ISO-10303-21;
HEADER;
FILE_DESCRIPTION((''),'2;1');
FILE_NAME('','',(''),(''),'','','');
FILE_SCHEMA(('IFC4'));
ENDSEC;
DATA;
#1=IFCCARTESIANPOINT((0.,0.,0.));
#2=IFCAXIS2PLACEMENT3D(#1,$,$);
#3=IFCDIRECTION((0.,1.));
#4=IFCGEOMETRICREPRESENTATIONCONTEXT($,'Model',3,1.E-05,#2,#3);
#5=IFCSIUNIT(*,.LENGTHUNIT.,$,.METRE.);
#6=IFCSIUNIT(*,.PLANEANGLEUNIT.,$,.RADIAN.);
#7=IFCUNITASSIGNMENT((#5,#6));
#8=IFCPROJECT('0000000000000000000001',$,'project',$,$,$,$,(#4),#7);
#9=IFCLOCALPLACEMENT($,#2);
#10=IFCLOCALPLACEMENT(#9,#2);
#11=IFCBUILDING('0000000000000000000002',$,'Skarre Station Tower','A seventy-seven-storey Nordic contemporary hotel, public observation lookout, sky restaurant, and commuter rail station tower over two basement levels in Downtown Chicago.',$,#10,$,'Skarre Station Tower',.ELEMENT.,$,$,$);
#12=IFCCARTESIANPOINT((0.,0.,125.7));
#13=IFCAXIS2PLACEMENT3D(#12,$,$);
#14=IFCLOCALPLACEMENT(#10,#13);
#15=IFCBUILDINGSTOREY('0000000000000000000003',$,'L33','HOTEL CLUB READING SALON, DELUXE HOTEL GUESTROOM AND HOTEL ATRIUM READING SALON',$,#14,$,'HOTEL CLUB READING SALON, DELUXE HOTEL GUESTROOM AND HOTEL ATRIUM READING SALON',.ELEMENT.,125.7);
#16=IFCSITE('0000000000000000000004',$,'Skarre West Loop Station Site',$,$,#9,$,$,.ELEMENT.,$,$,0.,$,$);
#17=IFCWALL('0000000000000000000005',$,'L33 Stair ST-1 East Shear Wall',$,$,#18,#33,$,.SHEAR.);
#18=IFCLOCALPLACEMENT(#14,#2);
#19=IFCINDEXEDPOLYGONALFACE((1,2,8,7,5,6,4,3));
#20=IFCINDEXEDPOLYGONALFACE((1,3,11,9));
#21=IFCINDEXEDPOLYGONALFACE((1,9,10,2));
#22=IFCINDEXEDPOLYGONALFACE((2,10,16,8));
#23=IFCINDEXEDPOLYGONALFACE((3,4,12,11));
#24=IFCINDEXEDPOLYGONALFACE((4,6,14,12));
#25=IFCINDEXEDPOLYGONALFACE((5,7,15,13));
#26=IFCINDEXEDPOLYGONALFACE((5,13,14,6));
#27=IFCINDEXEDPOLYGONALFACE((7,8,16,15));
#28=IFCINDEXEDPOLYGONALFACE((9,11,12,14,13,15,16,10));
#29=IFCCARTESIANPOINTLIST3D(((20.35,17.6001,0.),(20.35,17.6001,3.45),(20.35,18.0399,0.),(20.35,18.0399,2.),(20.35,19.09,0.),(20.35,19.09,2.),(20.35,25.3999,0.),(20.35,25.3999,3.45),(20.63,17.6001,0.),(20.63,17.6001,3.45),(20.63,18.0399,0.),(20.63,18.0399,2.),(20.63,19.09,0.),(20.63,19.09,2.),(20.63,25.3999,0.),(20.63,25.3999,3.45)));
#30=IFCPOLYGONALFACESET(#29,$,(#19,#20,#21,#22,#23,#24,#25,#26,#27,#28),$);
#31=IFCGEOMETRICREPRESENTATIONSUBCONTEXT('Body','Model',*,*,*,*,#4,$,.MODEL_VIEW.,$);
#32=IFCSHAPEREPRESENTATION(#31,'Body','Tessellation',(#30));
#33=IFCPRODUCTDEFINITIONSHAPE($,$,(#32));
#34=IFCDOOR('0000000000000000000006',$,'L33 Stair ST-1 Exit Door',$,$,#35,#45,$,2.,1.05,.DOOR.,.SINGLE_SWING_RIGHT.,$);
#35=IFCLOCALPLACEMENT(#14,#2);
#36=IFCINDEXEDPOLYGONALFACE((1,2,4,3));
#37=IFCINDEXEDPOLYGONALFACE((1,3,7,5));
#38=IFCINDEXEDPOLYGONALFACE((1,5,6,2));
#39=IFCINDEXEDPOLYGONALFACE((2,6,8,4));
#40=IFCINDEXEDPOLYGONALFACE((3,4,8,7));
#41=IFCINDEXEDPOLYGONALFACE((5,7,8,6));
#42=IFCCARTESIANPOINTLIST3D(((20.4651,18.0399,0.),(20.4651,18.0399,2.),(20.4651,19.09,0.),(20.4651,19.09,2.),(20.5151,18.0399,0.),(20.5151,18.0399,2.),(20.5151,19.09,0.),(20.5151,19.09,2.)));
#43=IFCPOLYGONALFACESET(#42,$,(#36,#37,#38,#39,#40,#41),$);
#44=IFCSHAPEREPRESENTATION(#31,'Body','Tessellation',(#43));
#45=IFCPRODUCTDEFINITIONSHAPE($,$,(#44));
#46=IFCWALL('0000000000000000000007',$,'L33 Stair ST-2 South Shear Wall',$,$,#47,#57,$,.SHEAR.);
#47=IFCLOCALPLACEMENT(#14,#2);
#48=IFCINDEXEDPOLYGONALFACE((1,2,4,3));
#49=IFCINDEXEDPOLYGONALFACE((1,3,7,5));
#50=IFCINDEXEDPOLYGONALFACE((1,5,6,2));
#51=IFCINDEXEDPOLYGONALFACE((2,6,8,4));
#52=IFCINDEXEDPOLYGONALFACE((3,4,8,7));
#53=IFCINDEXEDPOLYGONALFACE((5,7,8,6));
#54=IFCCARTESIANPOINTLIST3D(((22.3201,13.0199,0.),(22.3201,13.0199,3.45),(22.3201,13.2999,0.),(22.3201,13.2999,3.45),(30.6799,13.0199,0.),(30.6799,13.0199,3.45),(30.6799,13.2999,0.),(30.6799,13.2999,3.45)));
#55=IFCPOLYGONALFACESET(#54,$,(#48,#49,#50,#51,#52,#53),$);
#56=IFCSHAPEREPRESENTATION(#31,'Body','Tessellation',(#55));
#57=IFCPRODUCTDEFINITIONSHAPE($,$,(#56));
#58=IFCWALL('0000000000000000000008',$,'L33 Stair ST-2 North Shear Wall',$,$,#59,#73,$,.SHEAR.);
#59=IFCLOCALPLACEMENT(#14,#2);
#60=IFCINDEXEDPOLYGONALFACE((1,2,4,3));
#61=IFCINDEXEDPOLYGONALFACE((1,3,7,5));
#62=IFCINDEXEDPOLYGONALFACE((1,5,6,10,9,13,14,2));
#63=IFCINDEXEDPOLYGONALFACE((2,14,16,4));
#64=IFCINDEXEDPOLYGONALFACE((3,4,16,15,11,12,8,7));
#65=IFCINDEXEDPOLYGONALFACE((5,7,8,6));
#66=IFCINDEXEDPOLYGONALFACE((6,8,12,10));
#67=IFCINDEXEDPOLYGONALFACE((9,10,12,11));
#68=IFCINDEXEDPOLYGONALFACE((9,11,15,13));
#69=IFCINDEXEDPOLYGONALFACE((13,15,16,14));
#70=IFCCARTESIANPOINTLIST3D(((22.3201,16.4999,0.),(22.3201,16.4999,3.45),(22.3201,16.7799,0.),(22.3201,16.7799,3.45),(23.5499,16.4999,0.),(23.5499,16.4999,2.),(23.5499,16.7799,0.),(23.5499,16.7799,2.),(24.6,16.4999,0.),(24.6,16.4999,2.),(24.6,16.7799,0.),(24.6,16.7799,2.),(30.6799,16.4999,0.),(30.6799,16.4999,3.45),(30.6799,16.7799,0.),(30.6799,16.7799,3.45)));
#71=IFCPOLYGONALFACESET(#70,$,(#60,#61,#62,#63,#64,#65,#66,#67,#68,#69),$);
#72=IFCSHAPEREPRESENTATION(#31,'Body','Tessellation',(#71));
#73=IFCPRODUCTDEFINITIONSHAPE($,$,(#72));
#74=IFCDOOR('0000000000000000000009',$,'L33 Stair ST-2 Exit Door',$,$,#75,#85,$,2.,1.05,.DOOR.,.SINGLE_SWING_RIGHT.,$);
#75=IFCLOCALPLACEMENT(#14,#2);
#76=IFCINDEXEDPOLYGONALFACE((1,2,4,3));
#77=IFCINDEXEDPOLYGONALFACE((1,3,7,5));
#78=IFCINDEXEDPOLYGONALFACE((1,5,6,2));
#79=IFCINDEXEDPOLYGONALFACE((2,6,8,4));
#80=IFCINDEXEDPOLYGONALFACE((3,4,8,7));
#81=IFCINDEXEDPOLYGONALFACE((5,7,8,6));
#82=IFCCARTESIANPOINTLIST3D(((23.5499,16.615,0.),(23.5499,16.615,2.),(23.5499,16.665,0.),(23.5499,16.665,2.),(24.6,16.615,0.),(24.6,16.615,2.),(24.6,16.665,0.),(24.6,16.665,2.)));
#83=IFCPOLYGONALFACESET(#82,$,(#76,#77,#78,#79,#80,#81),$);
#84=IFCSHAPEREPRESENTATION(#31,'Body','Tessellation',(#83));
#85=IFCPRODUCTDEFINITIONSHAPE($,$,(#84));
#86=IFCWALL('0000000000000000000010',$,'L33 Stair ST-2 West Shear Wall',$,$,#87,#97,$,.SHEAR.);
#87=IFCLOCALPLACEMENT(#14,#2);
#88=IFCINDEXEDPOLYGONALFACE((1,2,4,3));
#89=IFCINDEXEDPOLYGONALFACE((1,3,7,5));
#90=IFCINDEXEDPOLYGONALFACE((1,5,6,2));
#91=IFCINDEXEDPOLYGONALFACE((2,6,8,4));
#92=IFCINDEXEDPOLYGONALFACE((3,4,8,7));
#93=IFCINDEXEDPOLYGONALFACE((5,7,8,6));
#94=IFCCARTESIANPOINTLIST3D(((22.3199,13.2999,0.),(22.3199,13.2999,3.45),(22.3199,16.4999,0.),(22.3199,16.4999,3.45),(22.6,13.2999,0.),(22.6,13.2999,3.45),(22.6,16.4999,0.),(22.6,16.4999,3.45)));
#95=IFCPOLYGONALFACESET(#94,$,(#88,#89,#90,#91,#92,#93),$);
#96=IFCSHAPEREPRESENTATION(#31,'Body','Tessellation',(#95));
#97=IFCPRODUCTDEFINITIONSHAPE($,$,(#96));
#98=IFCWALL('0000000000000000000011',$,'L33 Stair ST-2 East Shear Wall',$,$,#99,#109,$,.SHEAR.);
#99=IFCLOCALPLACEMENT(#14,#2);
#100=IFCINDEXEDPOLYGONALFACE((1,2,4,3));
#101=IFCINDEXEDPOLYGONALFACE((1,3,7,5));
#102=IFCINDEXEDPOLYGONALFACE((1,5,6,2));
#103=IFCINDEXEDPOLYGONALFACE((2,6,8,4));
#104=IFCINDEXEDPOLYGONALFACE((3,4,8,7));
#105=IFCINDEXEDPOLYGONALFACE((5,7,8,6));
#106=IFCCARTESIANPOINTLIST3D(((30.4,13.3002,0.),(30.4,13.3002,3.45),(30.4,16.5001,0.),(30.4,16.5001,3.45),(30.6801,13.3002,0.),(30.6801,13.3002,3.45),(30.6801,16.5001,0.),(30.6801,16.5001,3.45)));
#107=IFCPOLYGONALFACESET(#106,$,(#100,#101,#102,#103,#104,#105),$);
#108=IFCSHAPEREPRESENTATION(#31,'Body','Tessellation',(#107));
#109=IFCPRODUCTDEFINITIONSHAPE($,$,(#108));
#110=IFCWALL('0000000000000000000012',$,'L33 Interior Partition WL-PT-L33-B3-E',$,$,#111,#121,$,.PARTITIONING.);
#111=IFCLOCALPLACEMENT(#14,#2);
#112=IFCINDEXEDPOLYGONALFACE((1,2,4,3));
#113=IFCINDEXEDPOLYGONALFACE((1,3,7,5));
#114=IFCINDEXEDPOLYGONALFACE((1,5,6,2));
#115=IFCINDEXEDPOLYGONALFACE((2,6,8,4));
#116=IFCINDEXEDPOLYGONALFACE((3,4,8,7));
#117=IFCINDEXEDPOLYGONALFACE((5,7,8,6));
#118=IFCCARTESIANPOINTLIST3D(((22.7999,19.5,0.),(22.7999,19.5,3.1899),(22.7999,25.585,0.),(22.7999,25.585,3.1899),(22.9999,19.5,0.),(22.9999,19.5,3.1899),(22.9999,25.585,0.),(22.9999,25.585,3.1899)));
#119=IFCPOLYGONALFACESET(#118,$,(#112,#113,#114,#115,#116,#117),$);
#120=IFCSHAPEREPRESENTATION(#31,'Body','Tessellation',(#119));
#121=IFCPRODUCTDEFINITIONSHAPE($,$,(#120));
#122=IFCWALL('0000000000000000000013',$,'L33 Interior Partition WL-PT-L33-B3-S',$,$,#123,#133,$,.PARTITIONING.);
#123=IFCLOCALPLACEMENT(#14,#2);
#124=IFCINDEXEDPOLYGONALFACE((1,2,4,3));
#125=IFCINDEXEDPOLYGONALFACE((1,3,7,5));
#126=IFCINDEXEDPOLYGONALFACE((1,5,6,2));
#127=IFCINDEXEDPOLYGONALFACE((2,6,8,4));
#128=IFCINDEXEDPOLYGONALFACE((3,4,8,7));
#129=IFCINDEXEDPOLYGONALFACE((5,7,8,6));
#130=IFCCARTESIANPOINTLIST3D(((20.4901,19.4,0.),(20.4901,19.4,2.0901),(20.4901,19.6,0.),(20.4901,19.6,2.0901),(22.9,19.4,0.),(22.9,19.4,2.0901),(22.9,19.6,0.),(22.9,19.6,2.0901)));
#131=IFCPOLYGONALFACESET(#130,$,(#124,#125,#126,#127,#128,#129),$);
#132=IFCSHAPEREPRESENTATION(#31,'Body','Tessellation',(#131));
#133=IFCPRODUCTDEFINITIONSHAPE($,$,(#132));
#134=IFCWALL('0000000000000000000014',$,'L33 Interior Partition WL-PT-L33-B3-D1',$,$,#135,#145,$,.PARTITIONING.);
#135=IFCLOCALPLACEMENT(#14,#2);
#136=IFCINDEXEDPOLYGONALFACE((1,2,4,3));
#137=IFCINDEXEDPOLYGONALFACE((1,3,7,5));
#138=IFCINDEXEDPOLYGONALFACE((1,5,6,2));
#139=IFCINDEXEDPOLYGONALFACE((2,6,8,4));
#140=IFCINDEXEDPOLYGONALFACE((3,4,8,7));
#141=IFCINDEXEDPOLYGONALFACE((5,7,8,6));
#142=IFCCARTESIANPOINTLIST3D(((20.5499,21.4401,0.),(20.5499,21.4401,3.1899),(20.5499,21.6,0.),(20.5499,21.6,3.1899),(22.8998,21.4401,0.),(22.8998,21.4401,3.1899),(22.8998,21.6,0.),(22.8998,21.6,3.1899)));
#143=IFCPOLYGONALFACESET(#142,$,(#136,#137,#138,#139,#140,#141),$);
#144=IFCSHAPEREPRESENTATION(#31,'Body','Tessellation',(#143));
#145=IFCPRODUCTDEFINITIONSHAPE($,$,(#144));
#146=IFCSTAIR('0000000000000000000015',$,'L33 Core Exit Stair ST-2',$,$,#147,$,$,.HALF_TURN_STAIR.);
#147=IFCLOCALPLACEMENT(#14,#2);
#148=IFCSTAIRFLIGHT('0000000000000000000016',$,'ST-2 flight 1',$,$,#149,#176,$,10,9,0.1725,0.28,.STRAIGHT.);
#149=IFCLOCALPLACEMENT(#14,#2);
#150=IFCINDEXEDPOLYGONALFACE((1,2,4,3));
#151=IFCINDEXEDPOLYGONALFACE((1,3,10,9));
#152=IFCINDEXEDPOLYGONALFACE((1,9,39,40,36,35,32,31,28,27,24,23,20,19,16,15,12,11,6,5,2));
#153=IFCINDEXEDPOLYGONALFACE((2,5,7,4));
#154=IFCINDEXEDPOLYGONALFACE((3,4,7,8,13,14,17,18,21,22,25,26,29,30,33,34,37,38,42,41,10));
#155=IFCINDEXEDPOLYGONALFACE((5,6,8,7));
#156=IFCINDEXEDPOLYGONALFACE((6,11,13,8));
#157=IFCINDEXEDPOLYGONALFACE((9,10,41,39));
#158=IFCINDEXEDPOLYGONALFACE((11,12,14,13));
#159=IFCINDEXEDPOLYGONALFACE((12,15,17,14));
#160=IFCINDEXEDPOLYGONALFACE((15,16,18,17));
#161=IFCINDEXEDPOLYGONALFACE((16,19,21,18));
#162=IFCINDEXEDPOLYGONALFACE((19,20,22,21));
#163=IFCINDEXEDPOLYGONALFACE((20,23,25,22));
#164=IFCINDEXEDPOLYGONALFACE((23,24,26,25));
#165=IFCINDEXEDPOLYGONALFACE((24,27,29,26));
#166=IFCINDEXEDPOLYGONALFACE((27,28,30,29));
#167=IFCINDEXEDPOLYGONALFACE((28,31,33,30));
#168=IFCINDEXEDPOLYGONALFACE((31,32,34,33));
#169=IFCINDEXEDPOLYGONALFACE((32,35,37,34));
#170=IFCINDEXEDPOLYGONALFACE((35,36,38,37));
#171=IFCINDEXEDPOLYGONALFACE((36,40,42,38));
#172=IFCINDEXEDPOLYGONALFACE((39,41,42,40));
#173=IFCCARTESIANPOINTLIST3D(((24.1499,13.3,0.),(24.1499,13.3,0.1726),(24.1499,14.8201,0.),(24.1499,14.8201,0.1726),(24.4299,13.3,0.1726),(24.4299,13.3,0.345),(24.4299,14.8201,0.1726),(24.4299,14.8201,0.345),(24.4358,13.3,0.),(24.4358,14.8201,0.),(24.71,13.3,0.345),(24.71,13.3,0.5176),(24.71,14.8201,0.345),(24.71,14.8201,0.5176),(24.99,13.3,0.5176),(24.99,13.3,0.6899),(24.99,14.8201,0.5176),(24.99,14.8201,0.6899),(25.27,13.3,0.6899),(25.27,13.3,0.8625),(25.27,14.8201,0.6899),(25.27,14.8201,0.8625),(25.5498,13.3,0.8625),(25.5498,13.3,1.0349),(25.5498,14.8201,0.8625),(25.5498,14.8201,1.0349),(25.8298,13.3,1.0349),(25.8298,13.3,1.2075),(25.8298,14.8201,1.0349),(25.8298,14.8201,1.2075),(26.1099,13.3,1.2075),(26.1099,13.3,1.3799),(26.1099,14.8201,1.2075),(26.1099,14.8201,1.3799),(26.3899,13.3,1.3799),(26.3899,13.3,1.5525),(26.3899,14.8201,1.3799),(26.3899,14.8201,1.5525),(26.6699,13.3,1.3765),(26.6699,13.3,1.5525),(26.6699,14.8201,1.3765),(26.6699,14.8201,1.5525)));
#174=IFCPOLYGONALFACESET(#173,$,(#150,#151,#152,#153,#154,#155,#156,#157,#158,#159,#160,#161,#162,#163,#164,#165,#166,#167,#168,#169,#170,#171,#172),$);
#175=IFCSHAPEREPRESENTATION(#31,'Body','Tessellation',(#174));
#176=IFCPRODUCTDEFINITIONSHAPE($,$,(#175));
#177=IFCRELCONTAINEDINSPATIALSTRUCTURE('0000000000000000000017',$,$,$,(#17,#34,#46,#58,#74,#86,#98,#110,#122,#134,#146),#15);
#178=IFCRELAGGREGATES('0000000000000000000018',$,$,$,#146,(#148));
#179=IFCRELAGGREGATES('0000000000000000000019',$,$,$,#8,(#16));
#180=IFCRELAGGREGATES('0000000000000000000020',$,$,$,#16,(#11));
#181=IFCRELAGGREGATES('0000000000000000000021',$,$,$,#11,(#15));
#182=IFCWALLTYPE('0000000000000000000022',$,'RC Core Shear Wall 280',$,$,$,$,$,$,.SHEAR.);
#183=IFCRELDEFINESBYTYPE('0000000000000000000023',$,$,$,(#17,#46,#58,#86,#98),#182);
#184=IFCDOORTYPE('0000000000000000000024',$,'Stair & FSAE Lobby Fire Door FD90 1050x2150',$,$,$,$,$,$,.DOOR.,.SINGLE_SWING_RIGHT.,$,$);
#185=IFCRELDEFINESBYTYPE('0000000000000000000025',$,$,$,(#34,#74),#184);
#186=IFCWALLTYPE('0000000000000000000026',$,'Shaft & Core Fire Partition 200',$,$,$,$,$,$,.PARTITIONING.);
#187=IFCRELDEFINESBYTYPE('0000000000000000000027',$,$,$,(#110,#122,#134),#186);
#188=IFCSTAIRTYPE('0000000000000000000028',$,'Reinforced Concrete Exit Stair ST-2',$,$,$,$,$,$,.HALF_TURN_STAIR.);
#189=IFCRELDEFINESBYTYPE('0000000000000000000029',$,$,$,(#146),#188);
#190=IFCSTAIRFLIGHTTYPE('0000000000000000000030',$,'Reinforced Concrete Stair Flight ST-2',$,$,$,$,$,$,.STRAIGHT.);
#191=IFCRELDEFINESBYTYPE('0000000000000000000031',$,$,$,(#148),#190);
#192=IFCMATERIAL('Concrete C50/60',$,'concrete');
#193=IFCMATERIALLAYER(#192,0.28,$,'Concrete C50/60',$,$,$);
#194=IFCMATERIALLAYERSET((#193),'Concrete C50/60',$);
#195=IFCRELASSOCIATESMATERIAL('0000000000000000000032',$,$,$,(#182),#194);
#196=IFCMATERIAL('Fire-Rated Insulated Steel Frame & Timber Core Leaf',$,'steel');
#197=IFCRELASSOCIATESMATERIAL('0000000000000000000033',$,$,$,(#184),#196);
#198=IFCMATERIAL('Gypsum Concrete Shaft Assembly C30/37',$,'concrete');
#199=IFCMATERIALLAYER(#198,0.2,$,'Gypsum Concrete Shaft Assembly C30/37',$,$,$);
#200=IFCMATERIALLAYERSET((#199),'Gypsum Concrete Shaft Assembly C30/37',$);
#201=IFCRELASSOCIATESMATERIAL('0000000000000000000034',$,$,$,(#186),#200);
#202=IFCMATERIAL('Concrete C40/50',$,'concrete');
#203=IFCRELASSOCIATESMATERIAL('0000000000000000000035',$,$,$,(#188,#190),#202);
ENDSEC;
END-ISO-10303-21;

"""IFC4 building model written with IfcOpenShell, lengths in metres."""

from ifc_helpers import new_model, si_unit, direction, frame, frame_2d, origin, place, context, subcontext, project, spatial, polyline, rectangle, outline, extrude, material, layer, layer_set, type_object, element, fill, aggregate, save


model = new_model("IFC4")

# Units and contexts
model_context = context("Model", 3, precision=1e-05, world=origin(), true_north=direction((0.0, 1.0)))
body_context = subcontext(model_context, "Body", "Model", "MODEL_VIEW")
ifc_project = project(units=[si_unit("LENGTHUNIT", "METRE"), si_unit("PLANEANGLEUNIT", "RADIAN")], contexts=[model_context])

# Site, building, storey
site_placement = place(None, origin())
site = spatial("IfcSite", under=ifc_project, at=site_placement, Name="Skarre West Loop Station Site", CompositionType="ELEMENT", RefElevation=0.0)
building_placement = place(site_placement, origin())
building = spatial("IfcBuilding", under=site, at=building_placement, Name="Skarre Station Tower", Description="A seventy-seven-storey Nordic contemporary hotel, public observation lookout, sky restaurant, and commuter rail station tower over two basement levels in Downtown Chicago.", LongName="Skarre Station Tower", CompositionType="ELEMENT")
storey_placement = place(building_placement, frame((0.0, 0.0, 125.7)))
storey = spatial("IfcBuildingStorey", under=building, at=storey_placement, Name="L33", Description="HOTEL CLUB READING SALON, DELUXE HOTEL GUESTROOM AND HOTEL ATRIUM READING SALON", LongName="HOTEL CLUB READING SALON, DELUXE HOTEL GUESTROOM AND HOTEL ATRIUM READING SALON", CompositionType="ELEMENT", Elevation=125.7)

# Wall, opening, door
ifc_material_1 = material(Name="Concrete C50/60", Category="concrete")
ifc_layer_1 = layer(ifc_material_1, 0.28, Name="Concrete C50/60")
ifc_layer_set_1 = layer_set([ifc_layer_1], Name="Concrete C50/60")
wall_type_1 = type_object("IfcWallType", Name="RC Core Shear Wall 280", PredefinedType="SHEAR", material=ifc_layer_set_1)
wall_1_placement = place(storey_placement, frame((20.49, 17.6001, 0.0), z_axis=(0.0, 0.0, 1.0), x_axis=(0.0, 1.0, 0.0)))
wall_1 = element("IfcWall", 1, at=wall_1_placement, inside=storey, type_object=wall_type_1, Name="L33 Stair ST-1 East Shear Wall", PredefinedType="SHEAR", context=body_context, shape_type="SweptSolid", body=[
    extrude(rectangle(XDim=7.7998, YDim=0.28, at=frame_2d((3.8999, 0.0))), origin(), (0.0, 0.0, 1.0), 3.45),
])
opening_1_placement = place(wall_1_placement, frame((0.4399, 0.0, 0.0)))
opening_1 = element("IfcOpeningElement", 2, at=opening_1_placement, cuts=wall_1, PredefinedType="OPENING", context=body_context, shape_type="SweptSolid", body=[
    extrude(rectangle(XDim=1.05, YDim=2.0, at=frame_2d((0.5249, 1.0))), frame((0.0, 0.1499, 0.0), z_axis=(0.0, -1.0, 0.0), x_axis=(1.0, 0.0, 0.0)), (0.0, 0.0, 1.0), 0.3),
])
ifc_material_2 = material(Name="Fire-Rated Insulated Steel Frame & Timber Core Leaf", Category="steel")
door_type_1 = type_object("IfcDoorType", Name="Stair & FSAE Lobby Fire Door FD90 1050x2150", OperationType="SINGLE_SWING_RIGHT", PredefinedType="DOOR", material=ifc_material_2)
door_1_placement = place(opening_1_placement, origin())
door_1 = element("IfcDoor", 3, at=door_1_placement, inside=storey, type_object=door_type_1, Name="L33 Stair ST-1 Exit Door", OperationType="SINGLE_SWING_RIGHT", OverallHeight=2.0, OverallWidth=1.05, PredefinedType="DOOR", context=body_context, shape_type="SweptSolid", body=[
    extrude(rectangle(XDim=1.05, YDim=2.0, at=frame_2d((0.5249, 1.0))), frame((0.0, 0.0249, 0.0), z_axis=(0.0, -1.0, 0.0), x_axis=(1.0, 0.0, 0.0)), (0.0, 0.0, 1.0), 0.05),
])
fill(opening_1, door_1)

# Wall
wall_2_placement = place(storey_placement, frame((22.3201, 13.1599, 0.0), z_axis=(0.0, 0.0, 1.0), x_axis=(1.0, 0.0, 0.0)))
element("IfcWall", 4, at=wall_2_placement, inside=storey, type_object=wall_type_1, Name="L33 Stair ST-2 South Shear Wall", PredefinedType="SHEAR", context=body_context, shape_type="SweptSolid", body=[
    extrude(rectangle(XDim=8.3599, YDim=0.28, at=frame_2d((4.1799, 0.0))), origin(), (0.0, 0.0, 1.0), 3.45),
])

# Wall, opening, door
wall_3_placement = place(storey_placement, frame((30.6799, 16.6399, 0.0), z_axis=(0.0, 0.0, 1.0), x_axis=(-1.0, 0.0, 0.0)))
wall_3 = element("IfcWall", 5, at=wall_3_placement, inside=storey, type_object=wall_type_1, Name="L33 Stair ST-2 North Shear Wall", PredefinedType="SHEAR", context=body_context, shape_type="SweptSolid", body=[
    extrude(rectangle(XDim=8.3599, YDim=0.28, at=frame_2d((4.1799, 0.0))), origin(), (0.0, 0.0, 1.0), 3.45),
])
opening_2_placement = place(wall_3_placement, frame((6.0801, 0.0, 0.0)))
opening_2 = element("IfcOpeningElement", 6, at=opening_2_placement, cuts=wall_3, PredefinedType="OPENING", context=body_context, shape_type="SweptSolid", body=[
    extrude(rectangle(XDim=1.05, YDim=2.0, at=frame_2d((0.5249, 1.0))), frame((0.0, 0.1499, 0.0), z_axis=(0.0, -1.0, 0.0), x_axis=(1.0, 0.0, 0.0)), (0.0, 0.0, 1.0), 0.3),
])
door_2_placement = place(opening_2_placement, origin())
door_2 = element("IfcDoor", 7, at=door_2_placement, inside=storey, type_object=door_type_1, Name="L33 Stair ST-2 Exit Door", OperationType="SINGLE_SWING_RIGHT", OverallHeight=2.0, OverallWidth=1.05, PredefinedType="DOOR", context=body_context, shape_type="SweptSolid", body=[
    extrude(rectangle(XDim=1.05, YDim=2.0, at=frame_2d((0.5249, 1.0))), frame((0.0, 0.0249, 0.0), z_axis=(0.0, -1.0, 0.0), x_axis=(1.0, 0.0, 0.0)), (0.0, 0.0, 1.0), 0.05),
])
fill(opening_2, door_2)

# Walls
for number, where, z_axis, x_axis, name in (
    (8, (22.46, 16.5, 0.0), (0.0, 0.0, 1.0), (0.0, -1.0, 0.0), "L33 Stair ST-2 West Shear Wall"),
    (9, (30.54, 13.3, 0.0), (0.0, 0.0, 1.0), (0.0, 1.0, 0.0), "L33 Stair ST-2 East Shear Wall"),
):
    element("IfcWall", number, at=place(storey_placement, frame(where, z_axis=z_axis, x_axis=x_axis)), inside=storey, type_object=wall_type_1, Name=name, PredefinedType="SHEAR", context=body_context, shape_type="SweptSolid", body=[
        extrude(rectangle(XDim=3.2, YDim=0.28, at=frame_2d((1.6001, 0.0))), origin(), (0.0, 0.0, 1.0), 3.45),
    ])
ifc_material_3 = material(Name="Gypsum Concrete Shaft Assembly C30/37", Category="concrete")
ifc_layer_2 = layer(ifc_material_3, 0.2, Name="Gypsum Concrete Shaft Assembly C30/37")
ifc_layer_set_2 = layer_set([ifc_layer_2], Name="Gypsum Concrete Shaft Assembly C30/37")
wall_type_2 = type_object("IfcWallType", Name="Shaft & Core Fire Partition 200", PredefinedType="PARTITIONING", material=ifc_layer_set_2)
wall_4_placement = place(storey_placement, frame((22.8999, 19.5, 0.0), z_axis=(0.0, 0.0, 1.0), x_axis=(0.0, 1.0, 0.0)))
element("IfcWall", 10, at=wall_4_placement, inside=storey, type_object=wall_type_2, Name="L33 Interior Partition WL-PT-L33-B3-E", PredefinedType="PARTITIONING", context=body_context, shape_type="SweptSolid", body=[
    extrude(rectangle(XDim=6.085, YDim=0.2, at=frame_2d((3.0425, 0.0))), origin(), (0.0, 0.0, 1.0), 3.1899),
])
wall_5_placement = place(storey_placement, frame((20.49, 19.5, 0.0), z_axis=(0.0, 0.0, 1.0), x_axis=(1.0, 0.0, 0.0)))
element("IfcWall", 11, at=wall_5_placement, inside=storey, type_object=wall_type_2, Name="L33 Interior Partition WL-PT-L33-B3-S", PredefinedType="PARTITIONING", context=body_context, shape_type="SweptSolid", body=[
    extrude(rectangle(XDim=2.4099, YDim=0.2, at=frame_2d((1.2051, 0.0))), origin(), (0.0, 0.0, 1.0), 2.0901),
])
wall_6_placement = place(storey_placement, frame((20.55, 21.52, 0.0), z_axis=(0.0, 0.0, 1.0), x_axis=(1.0, 0.0, 0.0)))
element("IfcWall", 12, at=wall_6_placement, inside=storey, type_object=wall_type_2, Name="L33 Interior Partition WL-PT-L33-B3-D1", PredefinedType="PARTITIONING", context=body_context, shape_type="SweptSolid", body=[
    extrude(rectangle(XDim=2.3499, YDim=0.1599, at=frame_2d((1.1748, 0.0))), origin(), (0.0, 0.0, 1.0), 3.1899),
])

# Stair, stair flight
ifc_material_4 = material(Name="Concrete C40/50", Category="concrete")
stair_type = type_object("IfcStairType", Name="Reinforced Concrete Exit Stair ST-2", PredefinedType="HALF_TURN_STAIR", material=ifc_material_4)
stair_placement = place(storey_placement, origin())
stair = element("IfcStair", 13, at=stair_placement, inside=storey, type_object=stair_type, Name="L33 Core Exit Stair ST-2", PredefinedType="HALF_TURN_STAIR")
stair_flight_type = type_object("IfcStairFlightType", Name="Reinforced Concrete Stair Flight ST-2", PredefinedType="STRAIGHT", material=ifc_material_4)
stair_flight_1_placement = place(storey_placement, frame((24.1499, 14.0601, 0.0), z_axis=(0.0, 0.0, 1.0), x_axis=(1.0, 0.0, 0.0)))
stair_flight_1 = element("IfcStairFlight", 14, at=stair_flight_1_placement, type_object=stair_flight_type, Name="ST-2 flight 1", NumberOfRisers=10, NumberOfTreads=9, PredefinedType="STRAIGHT", RiserHeight=0.1725, TreadLength=0.28, context=body_context, shape_type="SweptSolid", body=[
    extrude(outline(polyline([(0.0, 0.0), (0.0, 0.1726), (0.28, 0.1726), (0.28, 0.345), (0.5601, 0.345), (0.5601, 0.5176), (0.8401, 0.5176), (0.8401, 0.6899), (1.1201, 0.6899), (1.1201, 0.8625), (1.3999, 0.8625), (1.3999, 1.0349), (1.6799, 1.0349), (1.6799, 1.2075), (1.96, 1.2075), (1.96, 1.3799), (2.24, 1.3799), (2.24, 1.5525), (2.52, 1.5525), (2.52, 1.7251), (2.52, 1.3765), (0.2859, 0.0), (0.0, 0.0)])), frame((0.0, 0.76, 0.0), z_axis=(0.0, -1.0, 0.0), x_axis=(1.0, 0.0, 0.0)), (0.0, 0.0, 1.0), 1.52),
])
aggregate(stair, [stair_flight_1])

save(model, "model.ifc")
